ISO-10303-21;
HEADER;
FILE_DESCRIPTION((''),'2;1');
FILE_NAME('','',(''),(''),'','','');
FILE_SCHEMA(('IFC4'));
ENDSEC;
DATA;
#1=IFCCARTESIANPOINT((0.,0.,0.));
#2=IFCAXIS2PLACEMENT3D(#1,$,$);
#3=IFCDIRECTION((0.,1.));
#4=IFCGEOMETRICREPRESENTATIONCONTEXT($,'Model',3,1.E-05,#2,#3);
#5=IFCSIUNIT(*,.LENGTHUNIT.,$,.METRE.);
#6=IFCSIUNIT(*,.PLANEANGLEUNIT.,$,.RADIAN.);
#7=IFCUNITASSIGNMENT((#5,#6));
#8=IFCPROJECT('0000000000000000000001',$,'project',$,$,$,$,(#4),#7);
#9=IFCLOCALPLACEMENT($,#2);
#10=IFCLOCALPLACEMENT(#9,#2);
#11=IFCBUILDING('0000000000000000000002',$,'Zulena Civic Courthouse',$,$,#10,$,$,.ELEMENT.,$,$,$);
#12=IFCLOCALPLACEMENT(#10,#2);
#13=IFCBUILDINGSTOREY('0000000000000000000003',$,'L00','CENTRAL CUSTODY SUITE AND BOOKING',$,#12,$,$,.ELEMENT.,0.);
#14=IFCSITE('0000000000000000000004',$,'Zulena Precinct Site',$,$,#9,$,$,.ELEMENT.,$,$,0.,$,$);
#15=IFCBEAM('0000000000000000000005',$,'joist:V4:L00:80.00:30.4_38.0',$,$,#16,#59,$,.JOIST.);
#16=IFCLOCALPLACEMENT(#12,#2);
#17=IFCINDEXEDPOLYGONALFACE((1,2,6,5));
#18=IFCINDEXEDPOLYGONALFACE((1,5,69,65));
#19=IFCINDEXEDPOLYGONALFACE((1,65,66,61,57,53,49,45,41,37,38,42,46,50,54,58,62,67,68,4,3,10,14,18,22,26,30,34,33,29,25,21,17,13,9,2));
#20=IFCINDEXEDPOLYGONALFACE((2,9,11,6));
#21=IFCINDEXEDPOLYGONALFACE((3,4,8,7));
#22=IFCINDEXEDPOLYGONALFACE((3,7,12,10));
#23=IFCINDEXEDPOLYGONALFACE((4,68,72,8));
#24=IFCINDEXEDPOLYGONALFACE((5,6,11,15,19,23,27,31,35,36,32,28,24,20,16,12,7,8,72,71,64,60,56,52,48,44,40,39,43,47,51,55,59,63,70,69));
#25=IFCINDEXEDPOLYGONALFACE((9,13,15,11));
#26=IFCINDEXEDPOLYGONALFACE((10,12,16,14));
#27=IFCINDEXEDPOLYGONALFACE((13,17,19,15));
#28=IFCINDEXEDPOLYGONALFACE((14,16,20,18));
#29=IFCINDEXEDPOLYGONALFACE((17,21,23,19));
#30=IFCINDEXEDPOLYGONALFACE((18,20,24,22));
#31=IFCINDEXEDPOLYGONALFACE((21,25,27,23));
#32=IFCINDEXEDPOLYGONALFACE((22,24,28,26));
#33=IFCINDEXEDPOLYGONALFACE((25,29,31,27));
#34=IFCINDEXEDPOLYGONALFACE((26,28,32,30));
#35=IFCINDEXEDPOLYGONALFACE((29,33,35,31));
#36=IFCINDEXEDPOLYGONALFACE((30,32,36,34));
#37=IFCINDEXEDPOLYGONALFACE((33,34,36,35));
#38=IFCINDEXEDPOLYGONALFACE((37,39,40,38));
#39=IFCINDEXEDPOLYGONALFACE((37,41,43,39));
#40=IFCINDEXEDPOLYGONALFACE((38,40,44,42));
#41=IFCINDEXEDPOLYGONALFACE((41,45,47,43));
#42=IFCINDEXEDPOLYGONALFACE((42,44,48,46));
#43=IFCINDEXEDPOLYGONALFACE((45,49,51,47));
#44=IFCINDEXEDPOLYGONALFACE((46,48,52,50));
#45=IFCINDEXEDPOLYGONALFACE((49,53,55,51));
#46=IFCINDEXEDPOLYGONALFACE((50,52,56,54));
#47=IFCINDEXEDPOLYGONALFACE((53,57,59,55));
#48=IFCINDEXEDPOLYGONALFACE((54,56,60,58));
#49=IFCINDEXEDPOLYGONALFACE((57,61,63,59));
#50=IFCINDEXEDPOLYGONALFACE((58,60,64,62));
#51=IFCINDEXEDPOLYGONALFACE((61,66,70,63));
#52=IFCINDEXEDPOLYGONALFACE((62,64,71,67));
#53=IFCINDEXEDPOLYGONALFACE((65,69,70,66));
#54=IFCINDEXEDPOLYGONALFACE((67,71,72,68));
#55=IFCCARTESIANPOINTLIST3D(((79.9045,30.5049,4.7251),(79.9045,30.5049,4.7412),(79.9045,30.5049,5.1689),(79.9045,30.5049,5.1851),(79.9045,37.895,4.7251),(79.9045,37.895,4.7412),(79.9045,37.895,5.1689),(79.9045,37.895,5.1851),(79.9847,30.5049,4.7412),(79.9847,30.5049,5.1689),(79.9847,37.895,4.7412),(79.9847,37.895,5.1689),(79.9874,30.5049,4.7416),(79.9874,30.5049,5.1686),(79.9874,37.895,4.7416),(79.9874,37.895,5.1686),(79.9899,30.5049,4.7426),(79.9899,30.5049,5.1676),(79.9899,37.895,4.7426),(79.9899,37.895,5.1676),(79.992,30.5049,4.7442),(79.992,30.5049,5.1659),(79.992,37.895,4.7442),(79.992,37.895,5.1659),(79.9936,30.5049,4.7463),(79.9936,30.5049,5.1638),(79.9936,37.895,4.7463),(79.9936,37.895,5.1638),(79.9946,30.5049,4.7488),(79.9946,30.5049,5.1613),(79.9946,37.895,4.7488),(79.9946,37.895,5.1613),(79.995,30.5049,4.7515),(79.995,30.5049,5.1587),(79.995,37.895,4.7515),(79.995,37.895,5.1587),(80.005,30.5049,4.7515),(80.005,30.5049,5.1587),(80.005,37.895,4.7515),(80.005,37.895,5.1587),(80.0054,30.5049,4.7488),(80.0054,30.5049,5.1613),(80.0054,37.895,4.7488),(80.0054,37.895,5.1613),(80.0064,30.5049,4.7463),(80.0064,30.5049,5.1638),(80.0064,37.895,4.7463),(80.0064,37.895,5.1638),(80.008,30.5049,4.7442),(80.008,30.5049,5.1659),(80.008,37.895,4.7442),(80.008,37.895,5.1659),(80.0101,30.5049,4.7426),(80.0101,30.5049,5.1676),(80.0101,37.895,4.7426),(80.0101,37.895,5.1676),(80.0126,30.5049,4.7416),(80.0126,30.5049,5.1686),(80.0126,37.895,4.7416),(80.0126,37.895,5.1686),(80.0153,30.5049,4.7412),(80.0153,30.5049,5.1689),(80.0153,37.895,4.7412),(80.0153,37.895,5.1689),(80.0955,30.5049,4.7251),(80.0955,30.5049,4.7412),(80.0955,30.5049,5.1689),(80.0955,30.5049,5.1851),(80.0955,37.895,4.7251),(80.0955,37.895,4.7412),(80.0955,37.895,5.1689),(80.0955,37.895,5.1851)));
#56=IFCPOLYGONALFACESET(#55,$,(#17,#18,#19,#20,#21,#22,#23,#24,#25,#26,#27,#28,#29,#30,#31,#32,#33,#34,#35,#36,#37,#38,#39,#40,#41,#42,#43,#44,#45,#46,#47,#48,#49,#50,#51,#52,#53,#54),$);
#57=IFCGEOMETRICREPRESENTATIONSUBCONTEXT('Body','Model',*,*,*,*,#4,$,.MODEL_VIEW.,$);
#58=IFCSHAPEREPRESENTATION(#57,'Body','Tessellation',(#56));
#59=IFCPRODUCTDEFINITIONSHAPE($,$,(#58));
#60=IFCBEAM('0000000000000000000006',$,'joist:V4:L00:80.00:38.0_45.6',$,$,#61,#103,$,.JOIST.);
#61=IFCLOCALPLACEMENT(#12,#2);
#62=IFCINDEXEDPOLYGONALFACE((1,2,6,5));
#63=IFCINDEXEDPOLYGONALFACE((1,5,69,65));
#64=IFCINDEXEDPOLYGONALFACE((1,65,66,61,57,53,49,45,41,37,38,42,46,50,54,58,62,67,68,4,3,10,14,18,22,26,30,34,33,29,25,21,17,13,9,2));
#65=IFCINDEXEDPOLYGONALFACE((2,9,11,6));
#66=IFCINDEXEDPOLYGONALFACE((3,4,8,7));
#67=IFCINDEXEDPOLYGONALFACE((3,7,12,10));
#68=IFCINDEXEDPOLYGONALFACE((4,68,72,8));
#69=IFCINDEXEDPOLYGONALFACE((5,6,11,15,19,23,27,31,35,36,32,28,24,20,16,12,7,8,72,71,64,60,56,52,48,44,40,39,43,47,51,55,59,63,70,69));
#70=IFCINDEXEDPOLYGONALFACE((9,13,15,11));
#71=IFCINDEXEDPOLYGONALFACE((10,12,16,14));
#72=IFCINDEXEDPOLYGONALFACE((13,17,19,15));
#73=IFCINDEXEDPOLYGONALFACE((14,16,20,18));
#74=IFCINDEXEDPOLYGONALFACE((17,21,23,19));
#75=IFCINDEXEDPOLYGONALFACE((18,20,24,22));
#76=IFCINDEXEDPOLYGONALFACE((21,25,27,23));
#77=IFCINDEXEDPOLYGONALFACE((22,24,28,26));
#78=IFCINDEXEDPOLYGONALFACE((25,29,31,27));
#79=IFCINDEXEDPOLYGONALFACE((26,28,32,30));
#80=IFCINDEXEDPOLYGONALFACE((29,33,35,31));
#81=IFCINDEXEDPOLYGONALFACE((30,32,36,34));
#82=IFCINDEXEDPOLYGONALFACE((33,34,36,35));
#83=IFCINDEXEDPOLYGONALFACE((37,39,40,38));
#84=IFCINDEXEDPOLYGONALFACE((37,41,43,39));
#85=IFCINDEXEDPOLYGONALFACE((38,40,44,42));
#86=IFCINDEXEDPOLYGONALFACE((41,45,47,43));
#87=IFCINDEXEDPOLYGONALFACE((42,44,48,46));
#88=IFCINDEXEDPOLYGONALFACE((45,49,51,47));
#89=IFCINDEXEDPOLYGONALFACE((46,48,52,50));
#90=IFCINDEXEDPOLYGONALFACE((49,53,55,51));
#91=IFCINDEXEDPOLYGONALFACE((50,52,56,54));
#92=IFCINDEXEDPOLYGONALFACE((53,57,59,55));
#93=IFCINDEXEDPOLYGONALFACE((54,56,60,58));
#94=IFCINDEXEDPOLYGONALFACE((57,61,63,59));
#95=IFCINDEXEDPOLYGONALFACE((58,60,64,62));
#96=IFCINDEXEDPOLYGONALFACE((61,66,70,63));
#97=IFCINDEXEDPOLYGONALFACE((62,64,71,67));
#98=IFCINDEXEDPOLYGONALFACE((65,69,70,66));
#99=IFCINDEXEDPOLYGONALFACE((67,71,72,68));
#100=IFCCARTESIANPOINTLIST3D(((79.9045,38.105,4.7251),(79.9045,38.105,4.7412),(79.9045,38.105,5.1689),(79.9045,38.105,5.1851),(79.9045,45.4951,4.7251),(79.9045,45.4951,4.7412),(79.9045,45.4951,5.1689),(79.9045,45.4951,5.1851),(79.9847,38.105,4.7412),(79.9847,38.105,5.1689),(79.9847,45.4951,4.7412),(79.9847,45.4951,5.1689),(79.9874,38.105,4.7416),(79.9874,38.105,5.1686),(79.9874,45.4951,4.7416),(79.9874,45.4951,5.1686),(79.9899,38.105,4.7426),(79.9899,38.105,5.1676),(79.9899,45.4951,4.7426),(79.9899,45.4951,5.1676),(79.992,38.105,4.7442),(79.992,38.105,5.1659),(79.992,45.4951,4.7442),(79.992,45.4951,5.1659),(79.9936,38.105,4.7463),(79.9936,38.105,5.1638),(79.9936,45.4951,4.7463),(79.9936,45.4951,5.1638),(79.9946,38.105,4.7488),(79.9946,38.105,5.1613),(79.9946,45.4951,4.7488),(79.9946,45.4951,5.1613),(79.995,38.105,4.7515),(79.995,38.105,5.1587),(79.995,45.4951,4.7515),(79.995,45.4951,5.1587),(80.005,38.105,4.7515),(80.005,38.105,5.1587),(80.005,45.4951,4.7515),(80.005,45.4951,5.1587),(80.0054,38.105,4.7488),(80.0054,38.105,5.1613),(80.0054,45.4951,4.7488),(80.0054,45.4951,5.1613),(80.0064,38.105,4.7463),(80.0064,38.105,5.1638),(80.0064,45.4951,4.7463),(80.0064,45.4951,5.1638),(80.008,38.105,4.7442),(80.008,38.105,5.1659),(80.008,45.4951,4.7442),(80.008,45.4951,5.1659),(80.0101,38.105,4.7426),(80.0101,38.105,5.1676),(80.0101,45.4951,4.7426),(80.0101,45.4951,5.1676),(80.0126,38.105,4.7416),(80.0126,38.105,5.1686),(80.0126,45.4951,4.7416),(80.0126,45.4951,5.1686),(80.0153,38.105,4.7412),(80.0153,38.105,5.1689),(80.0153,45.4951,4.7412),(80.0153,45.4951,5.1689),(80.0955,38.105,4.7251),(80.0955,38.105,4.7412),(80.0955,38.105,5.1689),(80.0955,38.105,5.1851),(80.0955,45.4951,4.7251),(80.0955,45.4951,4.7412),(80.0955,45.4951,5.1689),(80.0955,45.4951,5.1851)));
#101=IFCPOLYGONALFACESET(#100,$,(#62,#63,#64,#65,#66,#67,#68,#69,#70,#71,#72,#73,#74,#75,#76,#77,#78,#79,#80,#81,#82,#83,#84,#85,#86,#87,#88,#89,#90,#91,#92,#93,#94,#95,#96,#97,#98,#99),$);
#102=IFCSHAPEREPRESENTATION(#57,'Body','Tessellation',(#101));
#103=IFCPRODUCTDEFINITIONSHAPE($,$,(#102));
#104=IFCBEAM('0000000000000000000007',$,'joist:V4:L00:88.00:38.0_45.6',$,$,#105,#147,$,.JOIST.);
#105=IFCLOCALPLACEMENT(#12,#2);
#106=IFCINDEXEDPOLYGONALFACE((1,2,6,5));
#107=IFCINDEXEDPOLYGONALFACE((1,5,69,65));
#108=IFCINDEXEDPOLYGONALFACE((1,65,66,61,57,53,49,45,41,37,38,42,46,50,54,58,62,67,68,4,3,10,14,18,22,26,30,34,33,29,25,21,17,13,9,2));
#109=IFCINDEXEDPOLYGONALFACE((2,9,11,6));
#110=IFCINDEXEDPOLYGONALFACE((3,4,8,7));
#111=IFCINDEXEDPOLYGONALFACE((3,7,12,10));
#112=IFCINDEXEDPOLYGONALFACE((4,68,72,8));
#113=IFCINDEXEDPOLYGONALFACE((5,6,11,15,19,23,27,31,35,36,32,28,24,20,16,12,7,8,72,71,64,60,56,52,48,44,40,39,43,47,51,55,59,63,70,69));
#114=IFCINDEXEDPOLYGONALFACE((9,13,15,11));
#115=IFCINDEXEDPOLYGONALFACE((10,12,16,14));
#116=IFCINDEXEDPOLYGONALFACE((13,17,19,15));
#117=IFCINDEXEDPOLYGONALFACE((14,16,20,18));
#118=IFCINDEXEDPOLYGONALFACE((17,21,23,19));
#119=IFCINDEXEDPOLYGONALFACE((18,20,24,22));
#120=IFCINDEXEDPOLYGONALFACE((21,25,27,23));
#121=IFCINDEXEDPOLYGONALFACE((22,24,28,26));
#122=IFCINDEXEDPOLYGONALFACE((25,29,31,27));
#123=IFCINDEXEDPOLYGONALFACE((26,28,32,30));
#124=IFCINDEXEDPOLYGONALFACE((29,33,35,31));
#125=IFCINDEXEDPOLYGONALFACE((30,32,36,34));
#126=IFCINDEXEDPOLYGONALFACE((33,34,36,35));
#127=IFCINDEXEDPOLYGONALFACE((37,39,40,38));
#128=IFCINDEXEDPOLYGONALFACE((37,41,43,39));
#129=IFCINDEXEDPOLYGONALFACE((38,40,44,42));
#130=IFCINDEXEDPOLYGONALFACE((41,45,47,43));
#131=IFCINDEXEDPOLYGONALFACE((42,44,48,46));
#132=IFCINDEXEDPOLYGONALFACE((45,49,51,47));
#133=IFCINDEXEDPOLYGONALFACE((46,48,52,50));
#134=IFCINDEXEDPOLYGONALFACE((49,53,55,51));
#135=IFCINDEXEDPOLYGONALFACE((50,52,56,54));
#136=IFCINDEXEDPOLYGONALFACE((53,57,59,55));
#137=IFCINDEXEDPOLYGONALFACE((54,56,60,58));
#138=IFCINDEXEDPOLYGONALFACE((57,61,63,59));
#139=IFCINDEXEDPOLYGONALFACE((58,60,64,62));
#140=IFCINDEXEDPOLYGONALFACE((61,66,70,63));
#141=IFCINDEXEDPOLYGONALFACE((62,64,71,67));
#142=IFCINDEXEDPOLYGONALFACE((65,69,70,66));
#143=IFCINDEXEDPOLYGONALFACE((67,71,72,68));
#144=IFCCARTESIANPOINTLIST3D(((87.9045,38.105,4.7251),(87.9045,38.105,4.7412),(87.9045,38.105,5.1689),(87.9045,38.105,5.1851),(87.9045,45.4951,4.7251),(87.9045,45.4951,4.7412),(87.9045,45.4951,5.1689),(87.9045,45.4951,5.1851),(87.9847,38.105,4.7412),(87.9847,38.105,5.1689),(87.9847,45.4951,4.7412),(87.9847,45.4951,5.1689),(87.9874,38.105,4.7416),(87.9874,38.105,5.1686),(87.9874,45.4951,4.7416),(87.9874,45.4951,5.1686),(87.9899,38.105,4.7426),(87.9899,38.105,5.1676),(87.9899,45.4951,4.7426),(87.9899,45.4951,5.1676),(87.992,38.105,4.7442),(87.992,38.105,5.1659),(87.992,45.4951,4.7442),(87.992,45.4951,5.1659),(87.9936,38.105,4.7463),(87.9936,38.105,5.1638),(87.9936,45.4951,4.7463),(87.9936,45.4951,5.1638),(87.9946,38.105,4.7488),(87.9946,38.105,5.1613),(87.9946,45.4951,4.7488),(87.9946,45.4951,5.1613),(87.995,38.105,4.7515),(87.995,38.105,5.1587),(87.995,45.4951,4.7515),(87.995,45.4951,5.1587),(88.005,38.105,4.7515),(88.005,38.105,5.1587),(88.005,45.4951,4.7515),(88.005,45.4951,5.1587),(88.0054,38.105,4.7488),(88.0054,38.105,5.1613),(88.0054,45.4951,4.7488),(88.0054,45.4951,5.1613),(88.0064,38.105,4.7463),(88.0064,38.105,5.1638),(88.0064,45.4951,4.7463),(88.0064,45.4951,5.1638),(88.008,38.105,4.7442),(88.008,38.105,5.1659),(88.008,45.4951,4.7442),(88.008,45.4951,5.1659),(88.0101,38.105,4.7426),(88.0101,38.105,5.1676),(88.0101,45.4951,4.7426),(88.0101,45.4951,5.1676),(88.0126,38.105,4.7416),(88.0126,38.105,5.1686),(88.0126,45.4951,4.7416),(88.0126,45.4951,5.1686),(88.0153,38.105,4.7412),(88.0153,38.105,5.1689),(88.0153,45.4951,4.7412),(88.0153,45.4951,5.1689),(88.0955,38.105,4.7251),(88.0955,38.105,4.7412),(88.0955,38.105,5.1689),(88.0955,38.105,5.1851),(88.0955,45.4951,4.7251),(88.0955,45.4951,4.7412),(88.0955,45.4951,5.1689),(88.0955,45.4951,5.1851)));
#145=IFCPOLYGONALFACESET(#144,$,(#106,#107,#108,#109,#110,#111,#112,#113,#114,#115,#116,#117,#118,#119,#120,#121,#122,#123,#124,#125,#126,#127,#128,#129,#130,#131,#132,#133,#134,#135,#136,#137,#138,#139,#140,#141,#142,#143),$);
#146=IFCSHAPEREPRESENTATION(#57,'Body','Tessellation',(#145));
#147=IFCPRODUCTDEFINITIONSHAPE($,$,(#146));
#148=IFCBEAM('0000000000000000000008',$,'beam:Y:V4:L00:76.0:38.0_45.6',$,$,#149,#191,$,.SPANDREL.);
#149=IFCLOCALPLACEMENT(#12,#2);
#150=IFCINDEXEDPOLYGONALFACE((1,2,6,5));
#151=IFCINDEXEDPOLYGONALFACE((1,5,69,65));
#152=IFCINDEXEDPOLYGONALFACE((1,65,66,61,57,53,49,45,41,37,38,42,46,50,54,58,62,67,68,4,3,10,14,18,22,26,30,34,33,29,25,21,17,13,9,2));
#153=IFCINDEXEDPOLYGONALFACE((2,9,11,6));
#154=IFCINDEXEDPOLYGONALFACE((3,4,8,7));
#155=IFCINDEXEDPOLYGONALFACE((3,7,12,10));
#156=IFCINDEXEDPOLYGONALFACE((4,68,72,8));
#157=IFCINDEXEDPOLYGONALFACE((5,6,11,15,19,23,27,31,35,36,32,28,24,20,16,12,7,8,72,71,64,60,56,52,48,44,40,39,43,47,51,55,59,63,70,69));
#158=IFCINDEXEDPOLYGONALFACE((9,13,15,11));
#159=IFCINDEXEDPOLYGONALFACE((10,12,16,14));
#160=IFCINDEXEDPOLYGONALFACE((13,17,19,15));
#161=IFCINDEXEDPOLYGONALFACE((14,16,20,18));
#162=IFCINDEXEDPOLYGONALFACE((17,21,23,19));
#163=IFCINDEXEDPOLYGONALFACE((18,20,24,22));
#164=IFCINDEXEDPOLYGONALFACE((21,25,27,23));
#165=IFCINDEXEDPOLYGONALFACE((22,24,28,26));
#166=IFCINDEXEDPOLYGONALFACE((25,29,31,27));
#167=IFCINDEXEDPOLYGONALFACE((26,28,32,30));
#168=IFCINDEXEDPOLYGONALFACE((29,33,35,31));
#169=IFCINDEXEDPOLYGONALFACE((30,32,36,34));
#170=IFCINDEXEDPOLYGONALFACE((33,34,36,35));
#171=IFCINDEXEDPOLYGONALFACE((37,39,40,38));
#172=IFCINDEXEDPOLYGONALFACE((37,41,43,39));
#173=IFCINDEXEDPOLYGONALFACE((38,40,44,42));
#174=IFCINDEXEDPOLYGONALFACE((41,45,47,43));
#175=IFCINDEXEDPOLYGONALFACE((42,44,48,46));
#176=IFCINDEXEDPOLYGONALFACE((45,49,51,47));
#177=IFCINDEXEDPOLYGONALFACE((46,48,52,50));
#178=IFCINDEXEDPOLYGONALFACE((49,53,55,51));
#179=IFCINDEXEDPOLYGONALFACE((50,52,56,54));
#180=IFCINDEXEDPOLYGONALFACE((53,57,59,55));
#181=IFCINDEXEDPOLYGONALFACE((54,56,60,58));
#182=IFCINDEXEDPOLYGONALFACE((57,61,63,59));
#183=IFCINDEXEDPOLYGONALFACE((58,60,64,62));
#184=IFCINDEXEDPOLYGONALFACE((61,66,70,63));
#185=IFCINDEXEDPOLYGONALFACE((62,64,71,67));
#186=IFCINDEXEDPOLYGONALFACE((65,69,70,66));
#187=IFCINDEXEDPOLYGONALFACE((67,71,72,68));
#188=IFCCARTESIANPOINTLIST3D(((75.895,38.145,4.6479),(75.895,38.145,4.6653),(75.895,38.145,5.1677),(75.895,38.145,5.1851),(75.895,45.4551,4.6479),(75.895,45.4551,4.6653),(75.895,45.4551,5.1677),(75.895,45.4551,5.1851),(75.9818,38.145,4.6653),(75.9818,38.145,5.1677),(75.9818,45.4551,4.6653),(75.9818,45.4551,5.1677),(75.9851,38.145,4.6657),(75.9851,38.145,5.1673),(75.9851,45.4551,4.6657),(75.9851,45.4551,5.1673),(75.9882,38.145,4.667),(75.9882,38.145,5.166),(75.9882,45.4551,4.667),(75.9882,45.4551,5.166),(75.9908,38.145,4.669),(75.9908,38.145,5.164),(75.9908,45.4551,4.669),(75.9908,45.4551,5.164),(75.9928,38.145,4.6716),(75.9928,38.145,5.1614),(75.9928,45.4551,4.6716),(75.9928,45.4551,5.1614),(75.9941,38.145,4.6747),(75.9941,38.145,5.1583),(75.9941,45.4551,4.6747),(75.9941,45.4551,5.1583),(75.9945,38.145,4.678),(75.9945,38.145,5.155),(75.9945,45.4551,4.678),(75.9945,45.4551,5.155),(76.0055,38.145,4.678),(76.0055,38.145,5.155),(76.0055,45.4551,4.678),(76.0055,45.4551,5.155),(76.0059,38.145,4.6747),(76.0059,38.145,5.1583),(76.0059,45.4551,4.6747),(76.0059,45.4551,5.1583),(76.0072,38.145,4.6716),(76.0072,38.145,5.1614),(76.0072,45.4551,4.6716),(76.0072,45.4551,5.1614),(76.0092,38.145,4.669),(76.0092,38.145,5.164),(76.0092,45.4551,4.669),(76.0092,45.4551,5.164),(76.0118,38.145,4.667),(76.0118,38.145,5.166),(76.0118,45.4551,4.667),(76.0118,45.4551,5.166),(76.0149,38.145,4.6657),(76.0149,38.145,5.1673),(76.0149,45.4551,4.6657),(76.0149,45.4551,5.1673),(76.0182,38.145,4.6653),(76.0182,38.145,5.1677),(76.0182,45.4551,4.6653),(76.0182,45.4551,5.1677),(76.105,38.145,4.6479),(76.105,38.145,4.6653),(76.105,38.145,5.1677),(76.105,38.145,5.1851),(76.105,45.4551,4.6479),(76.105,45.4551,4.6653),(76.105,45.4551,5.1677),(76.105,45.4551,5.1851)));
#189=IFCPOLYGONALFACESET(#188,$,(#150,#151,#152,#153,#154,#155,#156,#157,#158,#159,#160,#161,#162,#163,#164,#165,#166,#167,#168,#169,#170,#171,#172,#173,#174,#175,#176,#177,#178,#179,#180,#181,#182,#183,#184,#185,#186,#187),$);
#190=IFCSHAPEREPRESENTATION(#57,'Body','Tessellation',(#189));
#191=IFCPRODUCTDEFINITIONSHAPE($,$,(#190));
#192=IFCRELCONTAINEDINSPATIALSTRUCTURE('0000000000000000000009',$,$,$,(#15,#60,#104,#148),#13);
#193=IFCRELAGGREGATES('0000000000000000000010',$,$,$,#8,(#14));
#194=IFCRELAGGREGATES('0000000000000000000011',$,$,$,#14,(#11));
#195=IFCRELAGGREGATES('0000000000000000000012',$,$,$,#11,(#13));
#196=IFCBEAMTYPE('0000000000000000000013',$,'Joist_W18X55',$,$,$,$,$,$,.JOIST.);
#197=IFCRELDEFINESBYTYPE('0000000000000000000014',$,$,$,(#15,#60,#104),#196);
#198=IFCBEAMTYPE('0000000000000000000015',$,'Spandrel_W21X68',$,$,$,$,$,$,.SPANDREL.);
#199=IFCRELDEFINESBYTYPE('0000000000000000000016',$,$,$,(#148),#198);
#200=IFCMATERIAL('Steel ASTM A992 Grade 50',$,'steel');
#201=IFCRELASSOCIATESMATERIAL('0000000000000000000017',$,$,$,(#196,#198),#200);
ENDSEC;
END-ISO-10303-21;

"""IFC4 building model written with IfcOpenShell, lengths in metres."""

from ifc_helpers import new_model, si_unit, direction, frame, origin, origin_2d, place, context, subcontext, project, spatial, i_section, extrude, material, material_profile, profile_set, type_object, element, save


model = new_model("IFC4")

# Units and contexts
model_context = context("Model", 3, precision=1e-05, world=origin(), true_north=direction((0.0, 1.0)))
body_context = subcontext(model_context, "Body", "Model", "MODEL_VIEW")
ifc_project = project(units=[si_unit("LENGTHUNIT", "METRE"), si_unit("PLANEANGLEUNIT", "RADIAN")], contexts=[model_context])

# Site, building, storey
site_placement = place(None, origin())
site = spatial("IfcSite", under=ifc_project, at=site_placement, Name="Zulena Precinct Site", CompositionType="ELEMENT", RefElevation=0.0)
building_placement = place(site_placement, origin())
building = spatial("IfcBuilding", under=site, at=building_placement, Name="Zulena Civic Courthouse", CompositionType="ELEMENT")
storey_placement = place(building_placement, origin())
storey = spatial("IfcBuildingStorey", under=building, at=storey_placement, Name="L00", Description="CENTRAL CUSTODY SUITE AND BOOKING", CompositionType="ELEMENT", Elevation=0.0)

# Shared definitions
ifc_material_1 = material(Name="Steel ASTM A992 Grade 50", Category="steel")

# Beams
ifc_material_profile_1 = material_profile(ifc_material_1, i_section(OverallWidth=0.1909, OverallDepth=0.46, WebThickness=0.01, FlangeThickness=0.0161, FilletRadius=0.0103, at=origin_2d()), Name="W18X55")
ifc_profile_set_1 = profile_set([ifc_material_profile_1], Name="Steel ASTM A992 Grade 50")
beam_type_1 = type_object("IfcBeamType", Name="Joist_W18X55", PredefinedType="JOIST", material=ifc_profile_set_1)
for number, where, z_axis, x_axis, name in (
    (1, (80.0, 30.5049, 4.9551), (0.0, 1.0, 0.0), (-1.0, 0.0, 0.0), "joist:V4:L00:80.00:30.4_38.0"),
    (2, (80.0, 38.105, 4.9551), (0.0, 1.0, 0.0), (-1.0, 0.0, 0.0), "joist:V4:L00:80.00:38.0_45.6"),
    (3, (88.0, 38.105, 4.9551), (0.0, 1.0, 0.0), (-1.0, 0.0, 0.0), "joist:V4:L00:88.00:38.0_45.6"),
):
    element("IfcBeam", number, at=place(storey_placement, frame(where, z_axis=z_axis, x_axis=x_axis)), inside=storey, type_object=beam_type_1, Name=name, PredefinedType="JOIST", context=body_context, shape_type="SweptSolid", body=[
        extrude(i_section(OverallWidth=0.1909, OverallDepth=0.46, WebThickness=0.01, FlangeThickness=0.0161, FilletRadius=0.0103, at=origin_2d()), origin(), (0.0, 0.0, 1.0), 7.3901),
    ])
ifc_material_profile_2 = material_profile(ifc_material_1, i_section(OverallWidth=0.21, OverallDepth=0.5371, WebThickness=0.011, FlangeThickness=0.0173, FilletRadius=0.0127, at=origin_2d()), Name="W21X68")
ifc_profile_set_2 = profile_set([ifc_material_profile_2], Name="Steel ASTM A992 Grade 50")
beam_type_2 = type_object("IfcBeamType", Name="Spandrel_W21X68", PredefinedType="SPANDREL", material=ifc_profile_set_2)
beam_1_placement = place(storey_placement, frame((76.0, 38.145, 4.9165), z_axis=(0.0, 1.0, 0.0), x_axis=(-1.0, 0.0, 0.0)))
element("IfcBeam", 4, at=beam_1_placement, inside=storey, type_object=beam_type_2, Name="beam:Y:V4:L00:76.0:38.0_45.6", PredefinedType="SPANDREL", context=body_context, shape_type="SweptSolid", body=[
    extrude(i_section(OverallWidth=0.21, OverallDepth=0.5371, WebThickness=0.011, FlangeThickness=0.0173, FilletRadius=0.0127, at=origin_2d()), origin(), (0.0, 0.0, 1.0), 7.3101),
])

save(model, "model.ifc")
